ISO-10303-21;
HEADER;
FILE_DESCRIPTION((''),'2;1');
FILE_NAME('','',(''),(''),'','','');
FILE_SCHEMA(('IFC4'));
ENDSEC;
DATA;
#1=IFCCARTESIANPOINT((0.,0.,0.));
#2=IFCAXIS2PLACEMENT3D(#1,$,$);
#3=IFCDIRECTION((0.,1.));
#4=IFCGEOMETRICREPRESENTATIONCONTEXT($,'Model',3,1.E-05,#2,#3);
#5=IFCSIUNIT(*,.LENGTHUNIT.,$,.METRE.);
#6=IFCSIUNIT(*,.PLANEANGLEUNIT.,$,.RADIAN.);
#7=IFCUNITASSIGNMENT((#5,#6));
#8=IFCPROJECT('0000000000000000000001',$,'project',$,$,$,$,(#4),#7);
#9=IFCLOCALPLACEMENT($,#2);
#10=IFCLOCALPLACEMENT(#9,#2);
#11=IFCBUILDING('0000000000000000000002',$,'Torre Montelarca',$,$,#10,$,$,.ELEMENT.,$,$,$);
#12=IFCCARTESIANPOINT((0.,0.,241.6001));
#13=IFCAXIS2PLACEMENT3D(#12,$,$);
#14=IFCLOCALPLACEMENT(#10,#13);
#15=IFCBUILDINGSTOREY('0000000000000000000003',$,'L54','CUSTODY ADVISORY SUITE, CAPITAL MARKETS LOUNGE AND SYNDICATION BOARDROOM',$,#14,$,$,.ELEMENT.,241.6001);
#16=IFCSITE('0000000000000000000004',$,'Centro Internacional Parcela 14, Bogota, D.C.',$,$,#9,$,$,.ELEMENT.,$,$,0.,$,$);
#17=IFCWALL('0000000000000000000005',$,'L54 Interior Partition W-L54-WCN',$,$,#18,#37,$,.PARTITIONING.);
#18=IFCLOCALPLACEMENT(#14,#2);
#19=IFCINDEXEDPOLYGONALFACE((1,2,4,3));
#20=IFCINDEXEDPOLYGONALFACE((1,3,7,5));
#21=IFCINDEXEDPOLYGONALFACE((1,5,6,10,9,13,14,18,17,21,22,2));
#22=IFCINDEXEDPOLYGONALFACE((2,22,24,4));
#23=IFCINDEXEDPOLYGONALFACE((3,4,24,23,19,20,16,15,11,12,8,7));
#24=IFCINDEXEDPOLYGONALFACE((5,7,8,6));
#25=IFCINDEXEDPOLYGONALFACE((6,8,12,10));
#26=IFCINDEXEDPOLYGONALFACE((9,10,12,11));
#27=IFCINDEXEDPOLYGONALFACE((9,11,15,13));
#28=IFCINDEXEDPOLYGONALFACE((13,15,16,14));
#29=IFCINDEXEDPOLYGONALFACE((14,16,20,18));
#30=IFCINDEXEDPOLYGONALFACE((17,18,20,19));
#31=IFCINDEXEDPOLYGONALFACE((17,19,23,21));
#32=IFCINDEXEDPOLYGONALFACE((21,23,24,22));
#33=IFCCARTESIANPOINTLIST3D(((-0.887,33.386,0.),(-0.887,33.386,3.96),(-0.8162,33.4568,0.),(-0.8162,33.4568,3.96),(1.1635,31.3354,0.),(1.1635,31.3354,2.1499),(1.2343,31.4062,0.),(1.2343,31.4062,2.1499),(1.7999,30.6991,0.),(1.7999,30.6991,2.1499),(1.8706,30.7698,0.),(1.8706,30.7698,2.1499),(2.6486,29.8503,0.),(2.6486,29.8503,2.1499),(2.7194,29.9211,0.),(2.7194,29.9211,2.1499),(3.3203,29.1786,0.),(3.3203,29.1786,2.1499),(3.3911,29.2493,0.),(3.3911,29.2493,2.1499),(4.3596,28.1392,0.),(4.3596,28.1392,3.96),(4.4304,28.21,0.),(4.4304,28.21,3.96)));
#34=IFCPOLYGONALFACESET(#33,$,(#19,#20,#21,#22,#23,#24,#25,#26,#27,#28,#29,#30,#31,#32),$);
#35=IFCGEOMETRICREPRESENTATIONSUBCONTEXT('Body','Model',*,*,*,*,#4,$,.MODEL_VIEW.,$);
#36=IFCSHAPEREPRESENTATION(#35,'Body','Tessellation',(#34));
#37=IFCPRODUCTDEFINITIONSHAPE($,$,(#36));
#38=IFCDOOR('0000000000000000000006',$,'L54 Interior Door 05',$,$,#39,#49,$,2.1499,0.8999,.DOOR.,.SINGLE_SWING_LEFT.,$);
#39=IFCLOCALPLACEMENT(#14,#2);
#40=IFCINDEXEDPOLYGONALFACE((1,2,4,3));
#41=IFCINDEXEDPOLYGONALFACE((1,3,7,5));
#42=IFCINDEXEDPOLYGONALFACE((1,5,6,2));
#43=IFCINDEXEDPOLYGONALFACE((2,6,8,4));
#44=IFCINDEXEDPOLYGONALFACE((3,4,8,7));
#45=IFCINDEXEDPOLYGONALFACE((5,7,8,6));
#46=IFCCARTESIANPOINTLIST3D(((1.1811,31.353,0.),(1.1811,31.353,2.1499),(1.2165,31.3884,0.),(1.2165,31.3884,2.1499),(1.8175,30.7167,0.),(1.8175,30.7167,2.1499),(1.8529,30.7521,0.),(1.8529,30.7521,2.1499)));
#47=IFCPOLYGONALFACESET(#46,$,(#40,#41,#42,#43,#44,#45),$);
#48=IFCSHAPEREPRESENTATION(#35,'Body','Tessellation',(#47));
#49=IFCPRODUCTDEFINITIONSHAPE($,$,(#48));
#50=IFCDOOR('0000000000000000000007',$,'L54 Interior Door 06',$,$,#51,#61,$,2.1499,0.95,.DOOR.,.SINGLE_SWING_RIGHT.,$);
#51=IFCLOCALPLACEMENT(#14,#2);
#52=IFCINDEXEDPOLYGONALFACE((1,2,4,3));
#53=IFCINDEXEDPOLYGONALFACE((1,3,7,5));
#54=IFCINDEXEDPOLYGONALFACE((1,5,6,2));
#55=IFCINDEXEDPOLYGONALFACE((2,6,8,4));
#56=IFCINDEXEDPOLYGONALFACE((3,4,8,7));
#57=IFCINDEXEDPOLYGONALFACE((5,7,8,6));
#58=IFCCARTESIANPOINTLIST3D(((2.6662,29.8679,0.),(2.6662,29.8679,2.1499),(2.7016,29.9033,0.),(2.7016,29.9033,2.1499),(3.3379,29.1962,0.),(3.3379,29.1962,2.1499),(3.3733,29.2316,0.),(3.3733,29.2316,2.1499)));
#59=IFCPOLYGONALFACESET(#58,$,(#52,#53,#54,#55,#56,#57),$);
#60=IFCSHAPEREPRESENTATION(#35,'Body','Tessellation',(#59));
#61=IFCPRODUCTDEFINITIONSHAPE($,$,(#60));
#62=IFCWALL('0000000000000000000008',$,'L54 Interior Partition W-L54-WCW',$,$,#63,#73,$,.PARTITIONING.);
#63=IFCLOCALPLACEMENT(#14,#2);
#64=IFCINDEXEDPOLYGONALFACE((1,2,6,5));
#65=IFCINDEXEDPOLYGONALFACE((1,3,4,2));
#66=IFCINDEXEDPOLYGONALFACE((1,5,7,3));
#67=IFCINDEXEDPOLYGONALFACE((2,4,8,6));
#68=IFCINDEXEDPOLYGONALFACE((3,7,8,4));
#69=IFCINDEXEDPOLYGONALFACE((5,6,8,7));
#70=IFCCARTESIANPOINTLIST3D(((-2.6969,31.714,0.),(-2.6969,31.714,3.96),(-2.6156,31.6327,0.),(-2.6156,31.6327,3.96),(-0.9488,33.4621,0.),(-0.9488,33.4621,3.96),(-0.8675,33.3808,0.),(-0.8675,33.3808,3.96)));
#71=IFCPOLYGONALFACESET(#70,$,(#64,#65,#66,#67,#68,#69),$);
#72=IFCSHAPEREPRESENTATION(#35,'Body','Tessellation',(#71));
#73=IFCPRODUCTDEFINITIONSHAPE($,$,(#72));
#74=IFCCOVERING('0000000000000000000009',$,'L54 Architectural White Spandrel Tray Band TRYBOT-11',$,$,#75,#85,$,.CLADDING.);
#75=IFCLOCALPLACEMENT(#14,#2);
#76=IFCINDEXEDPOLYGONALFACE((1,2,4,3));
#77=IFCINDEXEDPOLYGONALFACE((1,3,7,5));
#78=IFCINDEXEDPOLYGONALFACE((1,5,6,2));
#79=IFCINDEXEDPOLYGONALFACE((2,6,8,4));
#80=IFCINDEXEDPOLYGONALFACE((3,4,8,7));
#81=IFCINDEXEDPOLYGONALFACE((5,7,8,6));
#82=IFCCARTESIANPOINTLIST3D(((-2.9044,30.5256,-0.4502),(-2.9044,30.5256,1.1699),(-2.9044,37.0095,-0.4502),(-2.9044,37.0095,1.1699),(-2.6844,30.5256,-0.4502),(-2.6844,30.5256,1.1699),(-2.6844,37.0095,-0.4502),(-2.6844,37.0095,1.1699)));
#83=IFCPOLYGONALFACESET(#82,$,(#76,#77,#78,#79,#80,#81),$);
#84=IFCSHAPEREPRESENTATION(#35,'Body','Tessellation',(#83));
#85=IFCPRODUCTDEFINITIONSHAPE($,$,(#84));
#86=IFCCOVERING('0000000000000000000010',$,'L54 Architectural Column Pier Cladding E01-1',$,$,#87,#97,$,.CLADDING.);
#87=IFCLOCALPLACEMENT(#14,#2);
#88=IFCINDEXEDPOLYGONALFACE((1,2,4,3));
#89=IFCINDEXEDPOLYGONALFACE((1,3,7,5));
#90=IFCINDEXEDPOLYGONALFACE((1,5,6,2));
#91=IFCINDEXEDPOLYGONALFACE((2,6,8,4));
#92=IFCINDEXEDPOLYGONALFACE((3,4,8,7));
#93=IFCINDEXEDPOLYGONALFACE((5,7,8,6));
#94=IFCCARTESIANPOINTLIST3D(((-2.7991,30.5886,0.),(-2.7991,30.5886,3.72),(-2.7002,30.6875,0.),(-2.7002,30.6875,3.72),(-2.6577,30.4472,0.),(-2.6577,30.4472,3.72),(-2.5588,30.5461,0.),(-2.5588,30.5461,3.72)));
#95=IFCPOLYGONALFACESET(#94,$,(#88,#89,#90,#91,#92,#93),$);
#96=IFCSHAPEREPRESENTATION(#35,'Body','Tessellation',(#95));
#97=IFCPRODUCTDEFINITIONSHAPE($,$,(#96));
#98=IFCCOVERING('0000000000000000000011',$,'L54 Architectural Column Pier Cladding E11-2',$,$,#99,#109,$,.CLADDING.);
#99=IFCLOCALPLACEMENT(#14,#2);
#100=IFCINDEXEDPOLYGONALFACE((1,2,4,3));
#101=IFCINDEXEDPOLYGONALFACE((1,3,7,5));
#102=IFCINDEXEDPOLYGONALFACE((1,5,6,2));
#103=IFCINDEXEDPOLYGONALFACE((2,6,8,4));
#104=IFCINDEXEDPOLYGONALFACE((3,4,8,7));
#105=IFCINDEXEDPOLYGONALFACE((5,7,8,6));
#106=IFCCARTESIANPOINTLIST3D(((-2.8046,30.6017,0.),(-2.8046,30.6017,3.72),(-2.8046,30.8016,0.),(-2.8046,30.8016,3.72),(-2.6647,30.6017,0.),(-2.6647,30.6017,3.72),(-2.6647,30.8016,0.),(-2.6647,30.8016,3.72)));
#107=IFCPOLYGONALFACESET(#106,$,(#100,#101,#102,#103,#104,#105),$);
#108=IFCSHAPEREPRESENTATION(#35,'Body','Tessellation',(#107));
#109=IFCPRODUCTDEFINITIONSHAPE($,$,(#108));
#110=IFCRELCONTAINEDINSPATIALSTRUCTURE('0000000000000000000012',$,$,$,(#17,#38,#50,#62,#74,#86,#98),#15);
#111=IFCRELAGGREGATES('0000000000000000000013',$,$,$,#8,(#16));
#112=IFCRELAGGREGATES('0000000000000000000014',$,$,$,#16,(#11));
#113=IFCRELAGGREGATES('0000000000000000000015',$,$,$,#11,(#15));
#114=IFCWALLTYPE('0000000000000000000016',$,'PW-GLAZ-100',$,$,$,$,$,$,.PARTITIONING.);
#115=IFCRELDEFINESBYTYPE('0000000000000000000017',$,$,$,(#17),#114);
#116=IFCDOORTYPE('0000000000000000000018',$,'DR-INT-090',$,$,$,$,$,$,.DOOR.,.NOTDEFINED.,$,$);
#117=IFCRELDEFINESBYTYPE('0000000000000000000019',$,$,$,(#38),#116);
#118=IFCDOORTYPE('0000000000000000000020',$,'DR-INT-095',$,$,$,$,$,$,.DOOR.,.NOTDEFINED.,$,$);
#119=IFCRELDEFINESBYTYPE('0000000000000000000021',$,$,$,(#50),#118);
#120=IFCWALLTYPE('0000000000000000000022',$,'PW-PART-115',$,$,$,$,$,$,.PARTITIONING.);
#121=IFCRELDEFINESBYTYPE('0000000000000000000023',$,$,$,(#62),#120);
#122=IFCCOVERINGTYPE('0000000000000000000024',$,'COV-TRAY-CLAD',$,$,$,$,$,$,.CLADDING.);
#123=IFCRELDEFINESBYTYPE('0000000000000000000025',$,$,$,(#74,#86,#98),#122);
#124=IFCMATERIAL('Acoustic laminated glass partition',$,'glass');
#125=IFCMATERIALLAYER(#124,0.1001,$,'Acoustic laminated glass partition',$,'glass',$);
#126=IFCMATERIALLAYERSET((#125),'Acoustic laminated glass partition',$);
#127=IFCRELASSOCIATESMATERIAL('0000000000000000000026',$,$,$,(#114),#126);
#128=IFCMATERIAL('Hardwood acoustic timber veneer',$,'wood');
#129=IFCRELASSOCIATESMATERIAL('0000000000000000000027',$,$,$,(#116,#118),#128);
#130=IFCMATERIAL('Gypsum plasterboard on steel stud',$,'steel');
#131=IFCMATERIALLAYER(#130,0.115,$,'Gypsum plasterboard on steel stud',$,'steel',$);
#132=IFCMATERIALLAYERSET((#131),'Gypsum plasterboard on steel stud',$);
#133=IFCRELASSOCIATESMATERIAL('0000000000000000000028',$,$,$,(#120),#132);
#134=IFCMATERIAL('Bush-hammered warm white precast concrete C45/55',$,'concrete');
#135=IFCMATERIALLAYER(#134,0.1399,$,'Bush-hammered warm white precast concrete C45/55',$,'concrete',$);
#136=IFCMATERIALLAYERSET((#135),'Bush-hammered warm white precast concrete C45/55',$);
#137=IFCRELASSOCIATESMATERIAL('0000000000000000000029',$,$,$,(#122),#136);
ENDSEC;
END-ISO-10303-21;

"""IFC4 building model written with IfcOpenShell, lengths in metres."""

from ifc_helpers import new_model, si_unit, direction, frame, frame_2d, origin, origin_2d, place, context, subcontext, project, spatial, rectangle, extrude, source, transform, mapped, material, layer, layer_set, type_object, element, fill, save


model = new_model("IFC4")

# Units and contexts
model_context = context("Model", 3, precision=1e-05, world=origin(), true_north=direction((0.0, 1.0)))
body_context = subcontext(model_context, "Body", "Model", "MODEL_VIEW")
ifc_project = project(units=[si_unit("LENGTHUNIT", "METRE"), si_unit("PLANEANGLEUNIT", "RADIAN")], contexts=[model_context])

# Site, building, storey
site_placement = place(None, origin())
site = spatial("IfcSite", under=ifc_project, at=site_placement, Name="Centro Internacional Parcela 14, Bogota, D.C.", CompositionType="ELEMENT", RefElevation=0.0)
building_placement = place(site_placement, origin())
building = spatial("IfcBuilding", under=site, at=building_placement, Name="Torre Montelarca", CompositionType="ELEMENT")
storey_placement = place(building_placement, frame((0.0, 0.0, 241.6001)))
storey = spatial("IfcBuildingStorey", under=building, at=storey_placement, Name="L54", Description="CUSTODY ADVISORY SUITE, CAPITAL MARKETS LOUNGE AND SYNDICATION BOARDROOM", CompositionType="ELEMENT", Elevation=241.6001)

# Shared definitions
ifc_material_1 = material(Name="Gypsum plasterboard on steel stud", Category="steel")

# Wall, openings, doors
ifc_material_2 = material(Name="Acoustic laminated glass partition", Category="glass")
ifc_layer_1 = layer(ifc_material_2, 0.1001, Name="Acoustic laminated glass partition", Category="glass")
ifc_layer_set_1 = layer_set([ifc_layer_1], Name="Acoustic laminated glass partition")
wall_type_1 = type_object("IfcWallType", Name="PW-GLAZ-100", PredefinedType="PARTITIONING", material=ifc_layer_set_1)
wall_1_placement = place(storey_placement, frame((-0.8516, 33.4214, 0.0), z_axis=(0.0, 0.0, 1.0), x_axis=(0.70709, -0.707123, 0.0)))
wall_1 = element("IfcWall", 1, at=wall_1_placement, inside=storey, type_object=wall_type_1, Name="L54 Interior Partition W-L54-WCN", PredefinedType="PARTITIONING", context=body_context, shape_type="SweptSolid", body=[
    extrude(rectangle(XDim=7.4199, YDim=0.1001, at=frame_2d((3.71, 0.0))), origin(), (0.0, 0.0, 1.0), 3.96),
])
opening_1_placement = place(wall_1_placement, frame((2.8999, 0.0, 0.0)))
opening_1 = element("IfcOpeningElement", 2, at=opening_1_placement, cuts=wall_1, PredefinedType="OPENING", context=body_context, shape_type="SweptSolid", body=[
    extrude(rectangle(XDim=0.8999, YDim=2.1499, at=frame_2d((0.45, 1.075))), frame((0.0, 0.0601, 0.0), z_axis=(0.0, -1.0, 0.0), x_axis=(1.0, 0.0, 0.0)), (0.0, 0.0, 1.0), 0.1201),
])
opening_2_placement = place(wall_1_placement, frame((5.0, 0.0, 0.0)))
opening_2 = element("IfcOpeningElement", 3, at=opening_2_placement, cuts=wall_1, PredefinedType="OPENING", context=body_context, shape_type="SweptSolid", body=[
    extrude(rectangle(XDim=0.95, YDim=2.1499, at=frame_2d((0.4751, 1.075))), frame((0.0, 0.0601, 0.0), z_axis=(0.0, -1.0, 0.0), x_axis=(1.0, 0.0, 0.0)), (0.0, 0.0, 1.0), 0.1201),
])
ifc_material_3 = material(Name="Hardwood acoustic timber veneer", Category="wood")
door_type_1 = type_object("IfcDoorType", Name="DR-INT-090", OperationType="NOTDEFINED", PredefinedType="DOOR", material=ifc_material_3)
shared_shape_1 = source(origin(), body_context, "Body", "SweptSolid", [
    extrude(rectangle(XDim=0.8999, YDim=2.1499, at=frame_2d((0.45, 1.075))), frame((0.0, 0.0249, 0.0), z_axis=(0.0, -1.0, 0.0), x_axis=(1.0, 0.0, 0.0)), (0.0, 0.0, 1.0), 0.05),
])
door_1_placement = place(opening_1_placement, origin())
door_1 = element("IfcDoor", 4, at=door_1_placement, inside=storey, type_object=door_type_1, Name="L54 Interior Door 05", OperationType="SINGLE_SWING_LEFT", OverallHeight=2.1499, OverallWidth=0.8999, PredefinedType="DOOR", context=body_context, shape_type="MappedRepresentation", body=[
    mapped(shared_shape_1, transform((0.0, 0.0, 0.0), scale=1.0)),
])
fill(opening_1, door_1)
door_type_2 = type_object("IfcDoorType", Name="DR-INT-095", OperationType="NOTDEFINED", PredefinedType="DOOR", material=ifc_material_3)
shared_shape_2 = source(origin(), body_context, "Body", "SweptSolid", [
    extrude(rectangle(XDim=0.95, YDim=2.1499, at=frame_2d((0.4751, 1.075))), frame((0.0, 0.0249, 0.0), z_axis=(0.0, -1.0, 0.0), x_axis=(1.0, 0.0, 0.0)), (0.0, 0.0, 1.0), 0.05),
])
door_2_placement = place(opening_2_placement, origin())
door_2 = element("IfcDoor", 5, at=door_2_placement, inside=storey, type_object=door_type_2, Name="L54 Interior Door 06", OperationType="SINGLE_SWING_RIGHT", OverallHeight=2.1499, OverallWidth=0.95, PredefinedType="DOOR", context=body_context, shape_type="MappedRepresentation", body=[
    mapped(shared_shape_2, transform((0.0, 0.0, 0.0), scale=1.0)),
])
fill(opening_2, door_2)

# Wall
ifc_layer_2 = layer(ifc_material_1, 0.115, Name="Gypsum plasterboard on steel stud", Category="steel")
ifc_layer_set_2 = layer_set([ifc_layer_2], Name="Gypsum plasterboard on steel stud")
wall_type_2 = type_object("IfcWallType", Name="PW-PART-115", PredefinedType="PARTITIONING", material=ifc_layer_set_2)
wall_2_placement = place(storey_placement, frame((-2.6562, 31.6733, 0.0), z_axis=(0.0, 0.0, 1.0), x_axis=(0.707107, 0.707107, 0.0)))
element("IfcWall", 6, at=wall_2_placement, inside=storey, type_object=wall_type_2, Name="L54 Interior Partition W-L54-WCW", PredefinedType="PARTITIONING", context=body_context, shape_type="SweptSolid", body=[
    extrude(rectangle(XDim=2.4722, YDim=0.115, at=frame_2d((1.2361, 0.0))), origin(), (0.0, 0.0, 1.0), 3.96),
])

# Coverings
ifc_material_4 = material(Name="Bush-hammered warm white precast concrete C45/55", Category="concrete")
ifc_layer_3 = layer(ifc_material_4, 0.1399, Name="Bush-hammered warm white precast concrete C45/55", Category="concrete")
ifc_layer_set_3 = layer_set([ifc_layer_3], Name="Bush-hammered warm white precast concrete C45/55")
covering_type = type_object("IfcCoveringType", Name="COV-TRAY-CLAD", PredefinedType="CLADDING", material=ifc_layer_set_3)
shared_shape_3 = source(origin(), body_context, "Body", "SweptSolid", [
    extrude(rectangle(XDim=6.4839, YDim=0.22, at=origin_2d()), origin(), (0.0, 0.0, 1.0), 1.6201),
])
covering_placement = place(storey_placement, frame((-2.7944, 33.7676, -0.4502), z_axis=(0.0, 0.0, 1.0), x_axis=(0.0, -1.0, 0.0)))
element("IfcCovering", 7, at=covering_placement, inside=storey, type_object=covering_type, Name="L54 Architectural White Spandrel Tray Band TRYBOT-11", PredefinedType="CLADDING", context=body_context, shape_type="MappedRepresentation", body=[
    mapped(shared_shape_3, transform((0.0, 0.0, 0.0), scale=1.0)),
])
shared_shape_4 = source(origin(), body_context, "Body", "SweptSolid", [
    extrude(rectangle(XDim=0.2, YDim=0.1399, at=origin_2d()), origin(), (0.0, 0.0, 1.0), 3.72),
])
for number, where, z_axis, x_axis, name in (
    (8, (-2.679, 30.5674, 0.0), (0.0, 0.0, 1.0), (0.707107, -0.707107, 0.0), "L54 Architectural Column Pier Cladding E01-1"),
    (9, (-2.7346, 30.7017, 0.0), (0.0, 0.0, 1.0), (0.0, -1.0, 0.0), "L54 Architectural Column Pier Cladding E11-2"),
):
    element("IfcCovering", number, at=place(storey_placement, frame(where, z_axis=z_axis, x_axis=x_axis)), inside=storey, type_object=covering_type, Name=name, PredefinedType="CLADDING", context=body_context, shape_type="MappedRepresentation", body=[
        mapped(shared_shape_4, transform((0.0, 0.0, 0.0), scale=1.0)),
    ])

save(model, "model.ifc")
